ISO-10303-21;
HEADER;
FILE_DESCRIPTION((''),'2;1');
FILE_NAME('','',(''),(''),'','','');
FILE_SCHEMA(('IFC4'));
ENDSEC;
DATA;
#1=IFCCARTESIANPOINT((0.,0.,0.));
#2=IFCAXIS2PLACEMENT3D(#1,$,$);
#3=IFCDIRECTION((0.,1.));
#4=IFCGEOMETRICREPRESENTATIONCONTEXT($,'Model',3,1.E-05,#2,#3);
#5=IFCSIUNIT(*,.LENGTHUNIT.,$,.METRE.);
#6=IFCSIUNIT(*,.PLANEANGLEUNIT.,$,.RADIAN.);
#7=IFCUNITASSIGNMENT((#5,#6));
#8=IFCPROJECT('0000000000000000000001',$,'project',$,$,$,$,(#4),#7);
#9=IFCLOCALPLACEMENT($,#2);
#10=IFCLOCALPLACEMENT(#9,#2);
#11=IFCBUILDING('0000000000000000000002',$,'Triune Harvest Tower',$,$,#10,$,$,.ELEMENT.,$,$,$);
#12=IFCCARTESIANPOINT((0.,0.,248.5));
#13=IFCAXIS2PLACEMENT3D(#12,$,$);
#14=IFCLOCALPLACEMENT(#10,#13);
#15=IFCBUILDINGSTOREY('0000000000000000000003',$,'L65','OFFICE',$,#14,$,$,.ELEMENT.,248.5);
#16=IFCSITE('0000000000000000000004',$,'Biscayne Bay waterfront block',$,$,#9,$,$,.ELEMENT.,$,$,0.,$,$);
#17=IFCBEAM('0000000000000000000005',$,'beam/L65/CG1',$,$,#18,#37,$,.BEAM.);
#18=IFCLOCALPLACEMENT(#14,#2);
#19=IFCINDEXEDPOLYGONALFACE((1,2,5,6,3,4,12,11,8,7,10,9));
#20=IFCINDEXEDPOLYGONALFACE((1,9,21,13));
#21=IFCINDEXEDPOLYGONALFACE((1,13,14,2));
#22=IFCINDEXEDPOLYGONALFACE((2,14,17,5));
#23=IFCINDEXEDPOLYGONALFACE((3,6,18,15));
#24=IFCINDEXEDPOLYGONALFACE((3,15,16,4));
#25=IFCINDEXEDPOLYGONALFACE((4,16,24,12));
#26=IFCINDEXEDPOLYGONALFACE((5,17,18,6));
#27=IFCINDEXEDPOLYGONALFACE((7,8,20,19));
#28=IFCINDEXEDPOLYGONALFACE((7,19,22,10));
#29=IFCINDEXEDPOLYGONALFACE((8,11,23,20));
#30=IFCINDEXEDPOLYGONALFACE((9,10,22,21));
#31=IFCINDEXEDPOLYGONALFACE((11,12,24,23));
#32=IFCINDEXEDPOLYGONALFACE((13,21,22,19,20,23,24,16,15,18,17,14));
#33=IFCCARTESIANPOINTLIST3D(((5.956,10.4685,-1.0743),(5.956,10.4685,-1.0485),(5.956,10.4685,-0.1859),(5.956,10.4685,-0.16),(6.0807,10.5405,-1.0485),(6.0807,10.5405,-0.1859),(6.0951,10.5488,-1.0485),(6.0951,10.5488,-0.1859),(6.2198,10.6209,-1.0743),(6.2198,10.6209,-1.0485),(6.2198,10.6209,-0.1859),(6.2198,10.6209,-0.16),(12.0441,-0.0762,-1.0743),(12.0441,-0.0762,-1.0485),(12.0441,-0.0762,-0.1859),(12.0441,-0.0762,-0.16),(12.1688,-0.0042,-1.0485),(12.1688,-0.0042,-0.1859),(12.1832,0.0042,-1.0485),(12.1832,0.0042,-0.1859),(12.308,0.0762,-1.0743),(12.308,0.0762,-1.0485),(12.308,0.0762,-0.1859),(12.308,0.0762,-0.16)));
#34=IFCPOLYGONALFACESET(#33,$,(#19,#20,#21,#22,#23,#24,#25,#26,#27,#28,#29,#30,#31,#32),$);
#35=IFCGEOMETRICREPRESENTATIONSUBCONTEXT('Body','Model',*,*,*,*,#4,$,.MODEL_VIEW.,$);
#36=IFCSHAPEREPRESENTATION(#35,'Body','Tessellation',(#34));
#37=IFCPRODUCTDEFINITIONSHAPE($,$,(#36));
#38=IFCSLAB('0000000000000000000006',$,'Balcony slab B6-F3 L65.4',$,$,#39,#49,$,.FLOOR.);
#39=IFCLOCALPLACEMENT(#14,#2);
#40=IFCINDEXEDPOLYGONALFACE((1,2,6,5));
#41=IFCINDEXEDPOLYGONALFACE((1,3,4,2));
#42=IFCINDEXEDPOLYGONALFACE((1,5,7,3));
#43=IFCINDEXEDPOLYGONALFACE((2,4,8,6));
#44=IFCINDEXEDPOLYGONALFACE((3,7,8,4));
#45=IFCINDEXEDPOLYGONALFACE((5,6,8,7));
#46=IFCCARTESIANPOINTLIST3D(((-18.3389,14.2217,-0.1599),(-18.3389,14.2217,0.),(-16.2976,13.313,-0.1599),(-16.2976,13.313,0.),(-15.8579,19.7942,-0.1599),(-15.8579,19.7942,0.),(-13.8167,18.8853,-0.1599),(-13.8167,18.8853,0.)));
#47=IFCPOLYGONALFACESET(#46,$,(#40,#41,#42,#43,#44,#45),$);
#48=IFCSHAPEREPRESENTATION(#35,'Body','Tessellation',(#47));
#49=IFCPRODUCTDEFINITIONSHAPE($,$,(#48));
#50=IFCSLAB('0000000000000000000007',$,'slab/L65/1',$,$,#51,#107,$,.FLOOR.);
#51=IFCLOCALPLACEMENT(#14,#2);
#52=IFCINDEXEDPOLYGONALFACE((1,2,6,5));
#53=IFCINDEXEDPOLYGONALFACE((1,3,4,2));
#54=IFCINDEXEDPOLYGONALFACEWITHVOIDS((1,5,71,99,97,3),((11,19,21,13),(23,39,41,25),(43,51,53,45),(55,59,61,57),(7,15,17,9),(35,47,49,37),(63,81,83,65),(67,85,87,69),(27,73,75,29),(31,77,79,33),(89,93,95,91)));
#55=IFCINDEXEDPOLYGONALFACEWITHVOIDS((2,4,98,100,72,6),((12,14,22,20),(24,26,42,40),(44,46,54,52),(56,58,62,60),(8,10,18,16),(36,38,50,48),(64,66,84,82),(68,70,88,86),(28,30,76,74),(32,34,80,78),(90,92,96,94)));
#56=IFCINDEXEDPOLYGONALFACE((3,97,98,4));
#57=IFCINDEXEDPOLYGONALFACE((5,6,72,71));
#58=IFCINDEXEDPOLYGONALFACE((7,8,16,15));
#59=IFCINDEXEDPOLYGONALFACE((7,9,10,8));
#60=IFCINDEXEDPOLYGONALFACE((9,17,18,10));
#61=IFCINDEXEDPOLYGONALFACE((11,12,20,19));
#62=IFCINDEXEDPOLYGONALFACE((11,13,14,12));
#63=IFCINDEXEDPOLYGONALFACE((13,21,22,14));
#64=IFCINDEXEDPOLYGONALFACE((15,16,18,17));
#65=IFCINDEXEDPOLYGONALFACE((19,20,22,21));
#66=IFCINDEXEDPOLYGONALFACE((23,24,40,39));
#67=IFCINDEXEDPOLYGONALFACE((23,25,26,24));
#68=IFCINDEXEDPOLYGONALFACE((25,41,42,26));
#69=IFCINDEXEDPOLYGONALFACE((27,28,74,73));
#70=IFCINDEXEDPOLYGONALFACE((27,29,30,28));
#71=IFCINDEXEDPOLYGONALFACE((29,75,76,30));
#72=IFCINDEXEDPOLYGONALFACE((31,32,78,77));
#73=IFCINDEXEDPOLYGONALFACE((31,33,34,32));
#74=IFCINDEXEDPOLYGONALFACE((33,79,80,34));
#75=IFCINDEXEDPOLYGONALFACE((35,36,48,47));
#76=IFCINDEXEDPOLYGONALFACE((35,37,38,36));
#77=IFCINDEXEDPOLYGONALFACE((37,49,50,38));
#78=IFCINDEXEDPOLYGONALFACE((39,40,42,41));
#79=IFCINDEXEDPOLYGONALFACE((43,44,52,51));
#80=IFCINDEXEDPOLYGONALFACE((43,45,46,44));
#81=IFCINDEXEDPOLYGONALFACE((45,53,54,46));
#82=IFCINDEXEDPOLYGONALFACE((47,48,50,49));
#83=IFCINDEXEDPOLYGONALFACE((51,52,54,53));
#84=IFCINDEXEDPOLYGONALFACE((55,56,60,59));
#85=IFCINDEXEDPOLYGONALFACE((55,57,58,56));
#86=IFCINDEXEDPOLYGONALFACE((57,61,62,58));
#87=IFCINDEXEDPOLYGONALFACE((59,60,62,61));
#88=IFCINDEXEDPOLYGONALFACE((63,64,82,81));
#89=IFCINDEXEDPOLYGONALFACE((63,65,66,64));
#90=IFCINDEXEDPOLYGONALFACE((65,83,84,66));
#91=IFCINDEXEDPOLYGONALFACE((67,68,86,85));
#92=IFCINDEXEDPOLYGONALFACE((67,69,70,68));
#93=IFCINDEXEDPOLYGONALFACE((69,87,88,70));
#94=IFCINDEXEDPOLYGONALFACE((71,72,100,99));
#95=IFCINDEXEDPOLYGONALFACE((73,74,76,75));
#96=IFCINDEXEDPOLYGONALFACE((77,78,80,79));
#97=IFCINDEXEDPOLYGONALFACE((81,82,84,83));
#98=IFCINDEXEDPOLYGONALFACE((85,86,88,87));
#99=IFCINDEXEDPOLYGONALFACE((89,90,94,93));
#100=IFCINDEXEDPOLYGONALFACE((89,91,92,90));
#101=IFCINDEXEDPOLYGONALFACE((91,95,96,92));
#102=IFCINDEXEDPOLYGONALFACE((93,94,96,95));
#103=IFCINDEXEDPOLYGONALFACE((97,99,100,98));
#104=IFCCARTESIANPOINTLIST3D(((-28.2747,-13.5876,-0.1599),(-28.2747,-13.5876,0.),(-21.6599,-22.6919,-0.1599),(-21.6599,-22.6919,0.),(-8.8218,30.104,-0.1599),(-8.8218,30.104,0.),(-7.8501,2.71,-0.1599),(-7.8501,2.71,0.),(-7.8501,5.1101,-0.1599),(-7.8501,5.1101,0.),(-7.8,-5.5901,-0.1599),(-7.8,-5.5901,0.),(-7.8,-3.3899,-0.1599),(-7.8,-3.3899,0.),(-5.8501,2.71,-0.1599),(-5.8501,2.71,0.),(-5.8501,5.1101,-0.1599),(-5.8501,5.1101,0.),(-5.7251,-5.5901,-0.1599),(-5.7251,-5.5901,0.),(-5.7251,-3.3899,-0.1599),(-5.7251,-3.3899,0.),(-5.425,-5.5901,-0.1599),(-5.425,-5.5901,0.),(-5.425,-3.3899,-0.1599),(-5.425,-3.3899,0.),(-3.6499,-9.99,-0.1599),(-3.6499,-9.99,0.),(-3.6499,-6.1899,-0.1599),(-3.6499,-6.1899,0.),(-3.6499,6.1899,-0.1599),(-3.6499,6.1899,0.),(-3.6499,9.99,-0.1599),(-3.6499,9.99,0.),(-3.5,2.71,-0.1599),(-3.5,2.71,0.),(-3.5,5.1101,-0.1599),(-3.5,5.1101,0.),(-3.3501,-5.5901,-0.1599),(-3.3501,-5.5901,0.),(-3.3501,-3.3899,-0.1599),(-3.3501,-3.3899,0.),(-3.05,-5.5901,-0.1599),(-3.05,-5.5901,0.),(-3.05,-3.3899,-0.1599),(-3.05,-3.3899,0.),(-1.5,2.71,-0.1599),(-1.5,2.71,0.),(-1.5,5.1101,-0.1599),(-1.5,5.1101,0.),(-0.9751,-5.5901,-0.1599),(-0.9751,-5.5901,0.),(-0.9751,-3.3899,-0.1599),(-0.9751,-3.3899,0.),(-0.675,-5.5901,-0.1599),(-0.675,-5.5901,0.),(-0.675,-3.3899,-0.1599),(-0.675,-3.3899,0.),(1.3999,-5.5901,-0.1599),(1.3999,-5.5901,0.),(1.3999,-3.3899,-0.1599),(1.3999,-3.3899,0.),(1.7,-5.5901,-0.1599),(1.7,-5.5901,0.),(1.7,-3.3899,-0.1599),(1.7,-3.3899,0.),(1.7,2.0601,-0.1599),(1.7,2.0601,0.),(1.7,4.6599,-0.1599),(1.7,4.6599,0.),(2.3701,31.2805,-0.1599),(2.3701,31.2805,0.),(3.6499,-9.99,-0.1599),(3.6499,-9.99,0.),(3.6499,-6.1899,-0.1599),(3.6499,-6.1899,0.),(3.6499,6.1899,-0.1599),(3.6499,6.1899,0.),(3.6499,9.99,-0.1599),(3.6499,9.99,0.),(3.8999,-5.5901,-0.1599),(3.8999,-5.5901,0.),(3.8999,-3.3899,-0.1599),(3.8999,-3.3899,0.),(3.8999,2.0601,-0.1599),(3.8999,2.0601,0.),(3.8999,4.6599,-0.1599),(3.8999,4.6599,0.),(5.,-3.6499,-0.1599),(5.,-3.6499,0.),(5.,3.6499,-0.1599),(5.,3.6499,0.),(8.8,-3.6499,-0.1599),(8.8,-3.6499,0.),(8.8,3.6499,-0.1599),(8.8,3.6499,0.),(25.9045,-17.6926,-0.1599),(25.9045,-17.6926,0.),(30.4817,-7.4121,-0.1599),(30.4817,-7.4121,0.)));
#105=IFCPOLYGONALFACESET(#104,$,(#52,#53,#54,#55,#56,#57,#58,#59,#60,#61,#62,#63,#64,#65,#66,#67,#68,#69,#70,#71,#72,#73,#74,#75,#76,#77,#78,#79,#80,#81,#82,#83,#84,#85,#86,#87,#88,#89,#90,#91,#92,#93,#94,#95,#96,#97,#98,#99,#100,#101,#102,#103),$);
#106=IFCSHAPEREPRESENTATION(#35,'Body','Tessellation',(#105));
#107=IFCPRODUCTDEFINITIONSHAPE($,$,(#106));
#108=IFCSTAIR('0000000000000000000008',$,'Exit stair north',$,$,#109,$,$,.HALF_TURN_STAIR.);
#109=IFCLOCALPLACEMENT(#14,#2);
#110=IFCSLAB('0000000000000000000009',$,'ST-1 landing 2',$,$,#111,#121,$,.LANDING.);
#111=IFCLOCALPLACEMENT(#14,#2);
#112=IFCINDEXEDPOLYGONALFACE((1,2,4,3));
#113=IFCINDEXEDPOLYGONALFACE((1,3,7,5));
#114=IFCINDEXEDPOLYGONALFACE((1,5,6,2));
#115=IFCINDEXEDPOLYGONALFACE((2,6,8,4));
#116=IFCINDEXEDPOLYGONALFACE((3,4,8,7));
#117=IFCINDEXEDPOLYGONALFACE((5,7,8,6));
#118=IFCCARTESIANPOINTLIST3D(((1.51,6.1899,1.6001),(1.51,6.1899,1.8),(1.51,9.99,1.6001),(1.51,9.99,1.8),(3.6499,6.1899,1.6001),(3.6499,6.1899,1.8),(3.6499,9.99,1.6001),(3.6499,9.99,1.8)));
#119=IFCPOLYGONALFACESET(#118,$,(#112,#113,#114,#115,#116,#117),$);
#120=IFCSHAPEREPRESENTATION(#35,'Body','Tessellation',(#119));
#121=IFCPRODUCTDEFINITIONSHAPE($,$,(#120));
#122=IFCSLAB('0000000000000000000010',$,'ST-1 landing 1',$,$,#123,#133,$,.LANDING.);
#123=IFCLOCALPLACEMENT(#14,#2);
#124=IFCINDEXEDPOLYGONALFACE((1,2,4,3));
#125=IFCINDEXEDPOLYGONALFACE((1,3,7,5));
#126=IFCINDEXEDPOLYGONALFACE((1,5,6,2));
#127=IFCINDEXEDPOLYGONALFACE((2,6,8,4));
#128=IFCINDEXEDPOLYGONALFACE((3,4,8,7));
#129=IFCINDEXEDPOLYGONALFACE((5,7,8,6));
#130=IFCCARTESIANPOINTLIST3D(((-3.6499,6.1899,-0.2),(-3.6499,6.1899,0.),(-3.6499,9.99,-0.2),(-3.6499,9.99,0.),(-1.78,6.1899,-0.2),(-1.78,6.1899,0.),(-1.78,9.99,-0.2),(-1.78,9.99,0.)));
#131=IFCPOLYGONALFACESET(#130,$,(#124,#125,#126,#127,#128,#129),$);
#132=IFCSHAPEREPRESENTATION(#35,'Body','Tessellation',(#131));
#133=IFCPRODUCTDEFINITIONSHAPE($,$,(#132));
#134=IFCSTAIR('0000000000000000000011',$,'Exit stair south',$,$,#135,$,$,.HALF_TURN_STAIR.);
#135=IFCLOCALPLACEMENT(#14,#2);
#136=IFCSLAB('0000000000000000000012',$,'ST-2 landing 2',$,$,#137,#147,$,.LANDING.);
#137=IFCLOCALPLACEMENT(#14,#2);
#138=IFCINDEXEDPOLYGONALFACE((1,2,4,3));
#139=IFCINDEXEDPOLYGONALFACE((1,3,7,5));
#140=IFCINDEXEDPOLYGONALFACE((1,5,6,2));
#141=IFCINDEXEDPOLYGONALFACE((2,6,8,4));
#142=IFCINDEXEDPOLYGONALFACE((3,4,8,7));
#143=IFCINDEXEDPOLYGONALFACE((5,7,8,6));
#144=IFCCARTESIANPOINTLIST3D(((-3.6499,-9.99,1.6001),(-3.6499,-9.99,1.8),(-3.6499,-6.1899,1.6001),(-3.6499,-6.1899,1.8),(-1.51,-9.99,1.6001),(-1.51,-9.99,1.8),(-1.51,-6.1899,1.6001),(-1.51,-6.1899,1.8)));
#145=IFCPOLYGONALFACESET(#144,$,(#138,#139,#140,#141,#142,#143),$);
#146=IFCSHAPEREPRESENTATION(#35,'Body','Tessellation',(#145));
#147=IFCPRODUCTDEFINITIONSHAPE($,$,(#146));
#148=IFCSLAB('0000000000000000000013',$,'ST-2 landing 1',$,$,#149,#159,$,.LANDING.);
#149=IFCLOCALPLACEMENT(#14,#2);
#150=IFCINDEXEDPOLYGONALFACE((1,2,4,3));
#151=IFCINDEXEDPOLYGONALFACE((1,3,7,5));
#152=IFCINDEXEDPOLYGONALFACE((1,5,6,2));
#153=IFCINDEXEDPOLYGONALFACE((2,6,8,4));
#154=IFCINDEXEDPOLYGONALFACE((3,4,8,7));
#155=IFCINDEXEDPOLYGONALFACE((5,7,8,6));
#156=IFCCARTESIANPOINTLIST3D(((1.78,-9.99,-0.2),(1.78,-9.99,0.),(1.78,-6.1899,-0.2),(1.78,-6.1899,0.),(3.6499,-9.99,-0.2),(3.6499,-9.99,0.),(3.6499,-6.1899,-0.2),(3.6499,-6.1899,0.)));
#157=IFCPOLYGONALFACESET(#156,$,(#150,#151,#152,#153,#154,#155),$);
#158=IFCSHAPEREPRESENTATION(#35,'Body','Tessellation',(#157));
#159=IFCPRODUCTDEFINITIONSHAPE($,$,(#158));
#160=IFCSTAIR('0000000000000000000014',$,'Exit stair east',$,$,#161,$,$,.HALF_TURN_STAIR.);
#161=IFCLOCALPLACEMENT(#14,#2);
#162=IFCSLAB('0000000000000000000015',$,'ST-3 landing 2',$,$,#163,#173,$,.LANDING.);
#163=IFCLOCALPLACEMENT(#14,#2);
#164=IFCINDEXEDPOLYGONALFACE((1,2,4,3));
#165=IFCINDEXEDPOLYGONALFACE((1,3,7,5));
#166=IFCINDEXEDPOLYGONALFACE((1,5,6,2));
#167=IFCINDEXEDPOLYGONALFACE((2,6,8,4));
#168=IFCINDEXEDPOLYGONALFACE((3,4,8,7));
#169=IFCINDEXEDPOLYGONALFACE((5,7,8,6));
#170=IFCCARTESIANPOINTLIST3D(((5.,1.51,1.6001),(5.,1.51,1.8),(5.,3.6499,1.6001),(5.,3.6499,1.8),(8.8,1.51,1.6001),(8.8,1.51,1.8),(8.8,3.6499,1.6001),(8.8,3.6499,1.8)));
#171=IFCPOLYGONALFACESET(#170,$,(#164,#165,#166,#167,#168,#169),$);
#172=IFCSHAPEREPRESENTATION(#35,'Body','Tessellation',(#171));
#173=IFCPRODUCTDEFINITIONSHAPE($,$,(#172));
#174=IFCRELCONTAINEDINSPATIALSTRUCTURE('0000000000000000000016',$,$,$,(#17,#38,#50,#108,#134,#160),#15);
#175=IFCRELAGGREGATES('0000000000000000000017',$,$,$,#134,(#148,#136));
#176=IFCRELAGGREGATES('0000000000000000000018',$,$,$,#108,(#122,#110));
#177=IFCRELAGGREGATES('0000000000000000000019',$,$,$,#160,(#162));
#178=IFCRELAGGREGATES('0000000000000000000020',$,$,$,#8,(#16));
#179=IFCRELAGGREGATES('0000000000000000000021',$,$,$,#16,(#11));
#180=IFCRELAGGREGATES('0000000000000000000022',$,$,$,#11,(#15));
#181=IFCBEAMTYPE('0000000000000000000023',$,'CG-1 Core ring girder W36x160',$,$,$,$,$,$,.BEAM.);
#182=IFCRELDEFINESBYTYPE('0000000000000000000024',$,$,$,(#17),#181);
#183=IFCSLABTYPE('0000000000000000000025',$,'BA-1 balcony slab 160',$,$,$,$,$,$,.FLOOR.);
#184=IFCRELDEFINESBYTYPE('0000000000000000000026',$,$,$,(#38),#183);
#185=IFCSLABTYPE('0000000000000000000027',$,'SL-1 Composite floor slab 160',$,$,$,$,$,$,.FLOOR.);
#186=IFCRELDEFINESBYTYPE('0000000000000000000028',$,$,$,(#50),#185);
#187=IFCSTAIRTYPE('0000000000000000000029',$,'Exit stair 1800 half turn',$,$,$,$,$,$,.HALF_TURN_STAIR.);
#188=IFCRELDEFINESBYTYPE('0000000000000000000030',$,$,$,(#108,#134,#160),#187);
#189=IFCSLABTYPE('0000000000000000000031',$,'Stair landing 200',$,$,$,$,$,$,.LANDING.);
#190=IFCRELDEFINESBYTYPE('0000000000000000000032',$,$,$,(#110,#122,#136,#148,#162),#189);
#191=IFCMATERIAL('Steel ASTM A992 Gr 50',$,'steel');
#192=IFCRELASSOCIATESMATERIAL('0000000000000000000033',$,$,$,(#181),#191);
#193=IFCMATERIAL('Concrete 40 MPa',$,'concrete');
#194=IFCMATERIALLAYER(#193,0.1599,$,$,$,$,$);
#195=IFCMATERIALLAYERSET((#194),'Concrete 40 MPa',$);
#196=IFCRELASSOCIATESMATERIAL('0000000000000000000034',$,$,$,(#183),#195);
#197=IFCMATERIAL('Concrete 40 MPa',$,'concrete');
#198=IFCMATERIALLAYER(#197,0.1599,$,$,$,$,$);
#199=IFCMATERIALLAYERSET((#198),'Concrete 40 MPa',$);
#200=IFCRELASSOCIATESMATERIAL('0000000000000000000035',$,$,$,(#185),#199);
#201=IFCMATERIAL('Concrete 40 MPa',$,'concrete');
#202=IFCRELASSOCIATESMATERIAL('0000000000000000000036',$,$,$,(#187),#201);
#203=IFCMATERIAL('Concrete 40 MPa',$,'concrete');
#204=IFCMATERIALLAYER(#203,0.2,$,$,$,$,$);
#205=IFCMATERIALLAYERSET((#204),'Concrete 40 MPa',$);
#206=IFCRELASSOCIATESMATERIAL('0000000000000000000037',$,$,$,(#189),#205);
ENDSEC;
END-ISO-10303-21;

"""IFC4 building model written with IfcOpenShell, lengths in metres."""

from ifc_helpers import new_model, si_unit, direction, frame, origin, origin_2d, place, context, subcontext, project, spatial, polyline, i_section, outline, extrude, source, transform, mapped, material, layer, layer_set, material_profile, profile_set, type_object, element, aggregate, save


model = new_model("IFC4")

# Units and contexts
model_context = context("Model", 3, precision=1e-05, world=origin(), true_north=direction((0.0, 1.0)))
body_context = subcontext(model_context, "Body", "Model", "MODEL_VIEW")
ifc_project = project(units=[si_unit("LENGTHUNIT", "METRE"), si_unit("PLANEANGLEUNIT", "RADIAN")], contexts=[model_context])

# Site, building, storey
site_placement = place(None, origin())
site = spatial("IfcSite", under=ifc_project, at=site_placement, Name="Biscayne Bay waterfront block", CompositionType="ELEMENT", RefElevation=0.0)
building_placement = place(site_placement, origin())
building = spatial("IfcBuilding", under=site, at=building_placement, Name="Triune Harvest Tower", CompositionType="ELEMENT")
storey_placement = place(building_placement, frame((0.0, 0.0, 248.5)))
storey = spatial("IfcBuildingStorey", under=building, at=storey_placement, Name="L65", Description="OFFICE", CompositionType="ELEMENT", Elevation=248.5)

# Beam
ifc_material_1 = material(Name="Steel ASTM A992 Gr 50", Category="steel")
ifc_material_profile = material_profile(ifc_material_1, i_section(OverallWidth=0.3047, OverallDepth=0.9143, WebThickness=0.0166, FlangeThickness=0.0259, at=origin_2d()), Name="W36x160")
ifc_profile_set = profile_set([ifc_material_profile], Name="Steel ASTM A992 Gr 50")
beam_type = type_object("IfcBeamType", Name="CG-1 Core ring girder W36x160", PredefinedType="BEAM", material=ifc_profile_set)
shared_shape_1 = source(origin(), body_context, "Body", "SweptSolid", [
    extrude(i_section(OverallWidth=0.3047, OverallDepth=0.9143, WebThickness=0.0166, FlangeThickness=0.0259, at=origin_2d()), origin(), (0.0, 0.0, 1.0), 12.176),
])
beam_placement = place(storey_placement, frame((12.176, 0.0, -0.6172), z_axis=(-0.50001, 0.86602, 0.0), x_axis=(-0.86602, -0.50001, 0.0)))
element("IfcBeam", 1, at=beam_placement, inside=storey, type_object=beam_type, Name="beam/L65/CG1", PredefinedType="BEAM", context=body_context, shape_type="MappedRepresentation", body=[
    mapped(shared_shape_1, transform((0.0, 0.0, 0.0), scale=1.0)),
])

# Slabs
ifc_material_2 = material(Name="Concrete 40 MPa", Category="concrete")
ifc_layer_1 = layer(ifc_material_2, 0.1599)
ifc_layer_set_1 = layer_set([ifc_layer_1], Name="Concrete 40 MPa")
slab_type_1 = type_object("IfcSlabType", Name="BA-1 balcony slab 160", PredefinedType="FLOOR", material=ifc_layer_set_1)
slab_1_placement = place(storey_placement, frame((0.0, 0.0, -0.1599)))
element("IfcSlab", 2, at=slab_1_placement, inside=storey, type_object=slab_type_1, Name="Balcony slab B6-F3 L65.4", PredefinedType="FLOOR", context=body_context, shape_type="SweptSolid", body=[
    extrude(outline(polyline([(-13.8167, 18.8853), (-16.2976, 13.313), (-18.3389, 14.2217), (-15.8579, 19.7942), (-13.8167, 18.8853)])), origin(), (0.0, 0.0, 1.0), 0.1599),
])
ifc_material_3 = material(Name="Concrete 40 MPa", Category="concrete")
ifc_layer_2 = layer(ifc_material_3, 0.1599)
ifc_layer_set_2 = layer_set([ifc_layer_2], Name="Concrete 40 MPa")
slab_type_2 = type_object("IfcSlabType", Name="SL-1 Composite floor slab 160", PredefinedType="FLOOR", material=ifc_layer_set_2)
shared_shape_2 = source(origin(), body_context, "Body", "SweptSolid", [
    extrude(outline(polyline([(30.4817, -7.4121), (2.3701, 31.2805), (-8.8218, 30.104), (-28.2747, -13.5876), (-21.6599, -22.6919), (25.9045, -17.6926), (30.4817, -7.4121)]), holes=[polyline([(-5.7251, -5.5901), (-5.7251, -3.3899), (-7.8, -3.3899), (-7.8, -5.5901), (-5.7251, -5.5901)]), polyline([(-3.3501, -5.5901), (-3.3501, -3.3899), (-5.425, -3.3899), (-5.425, -5.5901), (-3.3501, -5.5901)]), polyline([(-0.9751, -5.5901), (-0.9751, -3.3899), (-3.05, -3.3899), (-3.05, -5.5901), (-0.9751, -5.5901)]), polyline([(1.3999, -5.5901), (1.3999, -3.3899), (-0.675, -3.3899), (-0.675, -5.5901), (1.3999, -5.5901)]), polyline([(3.8999, 2.0601), (3.8999, 4.6599), (1.7, 4.6599), (1.7, 2.0601), (3.8999, 2.0601)]), polyline([(3.8999, -5.5901), (3.8999, -3.3899), (1.7, -3.3899), (1.7, -5.5901), (3.8999, -5.5901)]), polyline([(-5.8501, 2.71), (-5.8501, 5.1101), (-7.8501, 5.1101), (-7.8501, 2.71), (-5.8501, 2.71)]), polyline([(-1.5, 2.71), (-1.5, 5.1101), (-3.5, 5.1101), (-3.5, 2.71), (-1.5, 2.71)]), polyline([(3.6499, 6.1899), (3.6499, 9.99), (-3.6499, 9.99), (-3.6499, 6.1899), (3.6499, 6.1899)]), polyline([(3.6499, -9.99), (3.6499, -6.1899), (-3.6499, -6.1899), (-3.6499, -9.99), (3.6499, -9.99)]), polyline([(8.8, -3.6499), (8.8, 3.6499), (5.0, 3.6499), (5.0, -3.6499), (8.8, -3.6499)])]), origin(), (0.0, 0.0, 1.0), 0.1599),
])
slab_2_placement = place(storey_placement, frame((0.0, 0.0, -0.1599)))
element("IfcSlab", 3, at=slab_2_placement, inside=storey, type_object=slab_type_2, Name="slab/L65/1", PredefinedType="FLOOR", context=body_context, shape_type="MappedRepresentation", body=[
    mapped(shared_shape_2, transform((0.0, 0.0, 0.0), scale=1.0)),
])

# Stairs, slabs
ifc_material_4 = material(Name="Concrete 40 MPa", Category="concrete")
stair_type = type_object("IfcStairType", Name="Exit stair 1800 half turn", PredefinedType="HALF_TURN_STAIR", material=ifc_material_4)
stair_1_placement = place(storey_placement, origin())
stair_1 = element("IfcStair", 4, at=stair_1_placement, inside=storey, type_object=stair_type, Name="Exit stair north", PredefinedType="HALF_TURN_STAIR")
ifc_material_5 = material(Name="Concrete 40 MPa", Category="concrete")
ifc_layer_3 = layer(ifc_material_5, 0.2)
ifc_layer_set_3 = layer_set([ifc_layer_3], Name="Concrete 40 MPa")
slab_type_3 = type_object("IfcSlabType", Name="Stair landing 200", PredefinedType="LANDING", material=ifc_layer_set_3)
shared_shape_3 = source(origin(), body_context, "Body", "SweptSolid", [
    extrude(outline(polyline([(1.51, 6.1899), (3.6499, 6.1899), (3.6499, 9.99), (1.51, 9.99), (1.51, 6.1899)])), origin(), (0.0, 0.0, 1.0), 0.2),
])
slab_3_placement = place(storey_placement, frame((0.0, 0.0, 1.6001)))
slab_3 = element("IfcSlab", 5, at=slab_3_placement, type_object=slab_type_3, Name="ST-1 landing 2", PredefinedType="LANDING", context=body_context, shape_type="MappedRepresentation", body=[
    mapped(shared_shape_3, transform((0.0, 0.0, 0.0), scale=1.0)),
])
shared_shape_4 = source(origin(), body_context, "Body", "SweptSolid", [
    extrude(outline(polyline([(-3.6499, 6.1899), (-1.78, 6.1899), (-1.78, 9.99), (-3.6499, 9.99), (-3.6499, 6.1899)])), origin(), (0.0, 0.0, 1.0), 0.2),
])
slab_4_placement = place(storey_placement, frame((0.0, 0.0, -0.2)))
slab_4 = element("IfcSlab", 6, at=slab_4_placement, type_object=slab_type_3, Name="ST-1 landing 1", PredefinedType="LANDING", context=body_context, shape_type="MappedRepresentation", body=[
    mapped(shared_shape_4, transform((0.0, 0.0, 0.0), scale=1.0)),
])
stair_2_placement = place(storey_placement, origin())
stair_2 = element("IfcStair", 7, at=stair_2_placement, inside=storey, type_object=stair_type, Name="Exit stair south", PredefinedType="HALF_TURN_STAIR")
shared_shape_5 = source(origin(), body_context, "Body", "SweptSolid", [
    extrude(outline(polyline([(-1.51, -6.1899), (-3.6499, -6.1899), (-3.6499, -9.99), (-1.51, -9.99), (-1.51, -6.1899)])), origin(), (0.0, 0.0, 1.0), 0.2),
])
slab_5_placement = place(storey_placement, frame((0.0, 0.0, 1.6001)))
slab_5 = element("IfcSlab", 8, at=slab_5_placement, type_object=slab_type_3, Name="ST-2 landing 2", PredefinedType="LANDING", context=body_context, shape_type="MappedRepresentation", body=[
    mapped(shared_shape_5, transform((0.0, 0.0, 0.0), scale=1.0)),
])
shared_shape_6 = source(origin(), body_context, "Body", "SweptSolid", [
    extrude(outline(polyline([(3.6499, -6.1899), (1.78, -6.1899), (1.78, -9.99), (3.6499, -9.99), (3.6499, -6.1899)])), origin(), (0.0, 0.0, 1.0), 0.2),
])
slab_6_placement = place(storey_placement, frame((0.0, 0.0, -0.2)))
slab_6 = element("IfcSlab", 9, at=slab_6_placement, type_object=slab_type_3, Name="ST-2 landing 1", PredefinedType="LANDING", context=body_context, shape_type="MappedRepresentation", body=[
    mapped(shared_shape_6, transform((0.0, 0.0, 0.0), scale=1.0)),
])
aggregate(stair_2, [slab_6, slab_5])
stair_3_placement = place(storey_placement, origin())
stair_3 = element("IfcStair", 10, at=stair_3_placement, inside=storey, type_object=stair_type, Name="Exit stair east", PredefinedType="HALF_TURN_STAIR")
shared_shape_7 = source(origin(), body_context, "Body", "SweptSolid", [
    extrude(outline(polyline([(8.8, 1.51), (8.8, 3.6499), (5.0, 3.6499), (5.0, 1.51), (8.8, 1.51)])), origin(), (0.0, 0.0, 1.0), 0.2),
])
slab_7_placement = place(storey_placement, frame((0.0, 0.0, 1.6001)))
slab_7 = element("IfcSlab", 11, at=slab_7_placement, type_object=slab_type_3, Name="ST-3 landing 2", PredefinedType="LANDING", context=body_context, shape_type="MappedRepresentation", body=[
    mapped(shared_shape_7, transform((0.0, 0.0, 0.0), scale=1.0)),
])

aggregate(stair_1, [slab_4, slab_3])
aggregate(stair_3, [slab_7])

save(model, "model.ifc")
